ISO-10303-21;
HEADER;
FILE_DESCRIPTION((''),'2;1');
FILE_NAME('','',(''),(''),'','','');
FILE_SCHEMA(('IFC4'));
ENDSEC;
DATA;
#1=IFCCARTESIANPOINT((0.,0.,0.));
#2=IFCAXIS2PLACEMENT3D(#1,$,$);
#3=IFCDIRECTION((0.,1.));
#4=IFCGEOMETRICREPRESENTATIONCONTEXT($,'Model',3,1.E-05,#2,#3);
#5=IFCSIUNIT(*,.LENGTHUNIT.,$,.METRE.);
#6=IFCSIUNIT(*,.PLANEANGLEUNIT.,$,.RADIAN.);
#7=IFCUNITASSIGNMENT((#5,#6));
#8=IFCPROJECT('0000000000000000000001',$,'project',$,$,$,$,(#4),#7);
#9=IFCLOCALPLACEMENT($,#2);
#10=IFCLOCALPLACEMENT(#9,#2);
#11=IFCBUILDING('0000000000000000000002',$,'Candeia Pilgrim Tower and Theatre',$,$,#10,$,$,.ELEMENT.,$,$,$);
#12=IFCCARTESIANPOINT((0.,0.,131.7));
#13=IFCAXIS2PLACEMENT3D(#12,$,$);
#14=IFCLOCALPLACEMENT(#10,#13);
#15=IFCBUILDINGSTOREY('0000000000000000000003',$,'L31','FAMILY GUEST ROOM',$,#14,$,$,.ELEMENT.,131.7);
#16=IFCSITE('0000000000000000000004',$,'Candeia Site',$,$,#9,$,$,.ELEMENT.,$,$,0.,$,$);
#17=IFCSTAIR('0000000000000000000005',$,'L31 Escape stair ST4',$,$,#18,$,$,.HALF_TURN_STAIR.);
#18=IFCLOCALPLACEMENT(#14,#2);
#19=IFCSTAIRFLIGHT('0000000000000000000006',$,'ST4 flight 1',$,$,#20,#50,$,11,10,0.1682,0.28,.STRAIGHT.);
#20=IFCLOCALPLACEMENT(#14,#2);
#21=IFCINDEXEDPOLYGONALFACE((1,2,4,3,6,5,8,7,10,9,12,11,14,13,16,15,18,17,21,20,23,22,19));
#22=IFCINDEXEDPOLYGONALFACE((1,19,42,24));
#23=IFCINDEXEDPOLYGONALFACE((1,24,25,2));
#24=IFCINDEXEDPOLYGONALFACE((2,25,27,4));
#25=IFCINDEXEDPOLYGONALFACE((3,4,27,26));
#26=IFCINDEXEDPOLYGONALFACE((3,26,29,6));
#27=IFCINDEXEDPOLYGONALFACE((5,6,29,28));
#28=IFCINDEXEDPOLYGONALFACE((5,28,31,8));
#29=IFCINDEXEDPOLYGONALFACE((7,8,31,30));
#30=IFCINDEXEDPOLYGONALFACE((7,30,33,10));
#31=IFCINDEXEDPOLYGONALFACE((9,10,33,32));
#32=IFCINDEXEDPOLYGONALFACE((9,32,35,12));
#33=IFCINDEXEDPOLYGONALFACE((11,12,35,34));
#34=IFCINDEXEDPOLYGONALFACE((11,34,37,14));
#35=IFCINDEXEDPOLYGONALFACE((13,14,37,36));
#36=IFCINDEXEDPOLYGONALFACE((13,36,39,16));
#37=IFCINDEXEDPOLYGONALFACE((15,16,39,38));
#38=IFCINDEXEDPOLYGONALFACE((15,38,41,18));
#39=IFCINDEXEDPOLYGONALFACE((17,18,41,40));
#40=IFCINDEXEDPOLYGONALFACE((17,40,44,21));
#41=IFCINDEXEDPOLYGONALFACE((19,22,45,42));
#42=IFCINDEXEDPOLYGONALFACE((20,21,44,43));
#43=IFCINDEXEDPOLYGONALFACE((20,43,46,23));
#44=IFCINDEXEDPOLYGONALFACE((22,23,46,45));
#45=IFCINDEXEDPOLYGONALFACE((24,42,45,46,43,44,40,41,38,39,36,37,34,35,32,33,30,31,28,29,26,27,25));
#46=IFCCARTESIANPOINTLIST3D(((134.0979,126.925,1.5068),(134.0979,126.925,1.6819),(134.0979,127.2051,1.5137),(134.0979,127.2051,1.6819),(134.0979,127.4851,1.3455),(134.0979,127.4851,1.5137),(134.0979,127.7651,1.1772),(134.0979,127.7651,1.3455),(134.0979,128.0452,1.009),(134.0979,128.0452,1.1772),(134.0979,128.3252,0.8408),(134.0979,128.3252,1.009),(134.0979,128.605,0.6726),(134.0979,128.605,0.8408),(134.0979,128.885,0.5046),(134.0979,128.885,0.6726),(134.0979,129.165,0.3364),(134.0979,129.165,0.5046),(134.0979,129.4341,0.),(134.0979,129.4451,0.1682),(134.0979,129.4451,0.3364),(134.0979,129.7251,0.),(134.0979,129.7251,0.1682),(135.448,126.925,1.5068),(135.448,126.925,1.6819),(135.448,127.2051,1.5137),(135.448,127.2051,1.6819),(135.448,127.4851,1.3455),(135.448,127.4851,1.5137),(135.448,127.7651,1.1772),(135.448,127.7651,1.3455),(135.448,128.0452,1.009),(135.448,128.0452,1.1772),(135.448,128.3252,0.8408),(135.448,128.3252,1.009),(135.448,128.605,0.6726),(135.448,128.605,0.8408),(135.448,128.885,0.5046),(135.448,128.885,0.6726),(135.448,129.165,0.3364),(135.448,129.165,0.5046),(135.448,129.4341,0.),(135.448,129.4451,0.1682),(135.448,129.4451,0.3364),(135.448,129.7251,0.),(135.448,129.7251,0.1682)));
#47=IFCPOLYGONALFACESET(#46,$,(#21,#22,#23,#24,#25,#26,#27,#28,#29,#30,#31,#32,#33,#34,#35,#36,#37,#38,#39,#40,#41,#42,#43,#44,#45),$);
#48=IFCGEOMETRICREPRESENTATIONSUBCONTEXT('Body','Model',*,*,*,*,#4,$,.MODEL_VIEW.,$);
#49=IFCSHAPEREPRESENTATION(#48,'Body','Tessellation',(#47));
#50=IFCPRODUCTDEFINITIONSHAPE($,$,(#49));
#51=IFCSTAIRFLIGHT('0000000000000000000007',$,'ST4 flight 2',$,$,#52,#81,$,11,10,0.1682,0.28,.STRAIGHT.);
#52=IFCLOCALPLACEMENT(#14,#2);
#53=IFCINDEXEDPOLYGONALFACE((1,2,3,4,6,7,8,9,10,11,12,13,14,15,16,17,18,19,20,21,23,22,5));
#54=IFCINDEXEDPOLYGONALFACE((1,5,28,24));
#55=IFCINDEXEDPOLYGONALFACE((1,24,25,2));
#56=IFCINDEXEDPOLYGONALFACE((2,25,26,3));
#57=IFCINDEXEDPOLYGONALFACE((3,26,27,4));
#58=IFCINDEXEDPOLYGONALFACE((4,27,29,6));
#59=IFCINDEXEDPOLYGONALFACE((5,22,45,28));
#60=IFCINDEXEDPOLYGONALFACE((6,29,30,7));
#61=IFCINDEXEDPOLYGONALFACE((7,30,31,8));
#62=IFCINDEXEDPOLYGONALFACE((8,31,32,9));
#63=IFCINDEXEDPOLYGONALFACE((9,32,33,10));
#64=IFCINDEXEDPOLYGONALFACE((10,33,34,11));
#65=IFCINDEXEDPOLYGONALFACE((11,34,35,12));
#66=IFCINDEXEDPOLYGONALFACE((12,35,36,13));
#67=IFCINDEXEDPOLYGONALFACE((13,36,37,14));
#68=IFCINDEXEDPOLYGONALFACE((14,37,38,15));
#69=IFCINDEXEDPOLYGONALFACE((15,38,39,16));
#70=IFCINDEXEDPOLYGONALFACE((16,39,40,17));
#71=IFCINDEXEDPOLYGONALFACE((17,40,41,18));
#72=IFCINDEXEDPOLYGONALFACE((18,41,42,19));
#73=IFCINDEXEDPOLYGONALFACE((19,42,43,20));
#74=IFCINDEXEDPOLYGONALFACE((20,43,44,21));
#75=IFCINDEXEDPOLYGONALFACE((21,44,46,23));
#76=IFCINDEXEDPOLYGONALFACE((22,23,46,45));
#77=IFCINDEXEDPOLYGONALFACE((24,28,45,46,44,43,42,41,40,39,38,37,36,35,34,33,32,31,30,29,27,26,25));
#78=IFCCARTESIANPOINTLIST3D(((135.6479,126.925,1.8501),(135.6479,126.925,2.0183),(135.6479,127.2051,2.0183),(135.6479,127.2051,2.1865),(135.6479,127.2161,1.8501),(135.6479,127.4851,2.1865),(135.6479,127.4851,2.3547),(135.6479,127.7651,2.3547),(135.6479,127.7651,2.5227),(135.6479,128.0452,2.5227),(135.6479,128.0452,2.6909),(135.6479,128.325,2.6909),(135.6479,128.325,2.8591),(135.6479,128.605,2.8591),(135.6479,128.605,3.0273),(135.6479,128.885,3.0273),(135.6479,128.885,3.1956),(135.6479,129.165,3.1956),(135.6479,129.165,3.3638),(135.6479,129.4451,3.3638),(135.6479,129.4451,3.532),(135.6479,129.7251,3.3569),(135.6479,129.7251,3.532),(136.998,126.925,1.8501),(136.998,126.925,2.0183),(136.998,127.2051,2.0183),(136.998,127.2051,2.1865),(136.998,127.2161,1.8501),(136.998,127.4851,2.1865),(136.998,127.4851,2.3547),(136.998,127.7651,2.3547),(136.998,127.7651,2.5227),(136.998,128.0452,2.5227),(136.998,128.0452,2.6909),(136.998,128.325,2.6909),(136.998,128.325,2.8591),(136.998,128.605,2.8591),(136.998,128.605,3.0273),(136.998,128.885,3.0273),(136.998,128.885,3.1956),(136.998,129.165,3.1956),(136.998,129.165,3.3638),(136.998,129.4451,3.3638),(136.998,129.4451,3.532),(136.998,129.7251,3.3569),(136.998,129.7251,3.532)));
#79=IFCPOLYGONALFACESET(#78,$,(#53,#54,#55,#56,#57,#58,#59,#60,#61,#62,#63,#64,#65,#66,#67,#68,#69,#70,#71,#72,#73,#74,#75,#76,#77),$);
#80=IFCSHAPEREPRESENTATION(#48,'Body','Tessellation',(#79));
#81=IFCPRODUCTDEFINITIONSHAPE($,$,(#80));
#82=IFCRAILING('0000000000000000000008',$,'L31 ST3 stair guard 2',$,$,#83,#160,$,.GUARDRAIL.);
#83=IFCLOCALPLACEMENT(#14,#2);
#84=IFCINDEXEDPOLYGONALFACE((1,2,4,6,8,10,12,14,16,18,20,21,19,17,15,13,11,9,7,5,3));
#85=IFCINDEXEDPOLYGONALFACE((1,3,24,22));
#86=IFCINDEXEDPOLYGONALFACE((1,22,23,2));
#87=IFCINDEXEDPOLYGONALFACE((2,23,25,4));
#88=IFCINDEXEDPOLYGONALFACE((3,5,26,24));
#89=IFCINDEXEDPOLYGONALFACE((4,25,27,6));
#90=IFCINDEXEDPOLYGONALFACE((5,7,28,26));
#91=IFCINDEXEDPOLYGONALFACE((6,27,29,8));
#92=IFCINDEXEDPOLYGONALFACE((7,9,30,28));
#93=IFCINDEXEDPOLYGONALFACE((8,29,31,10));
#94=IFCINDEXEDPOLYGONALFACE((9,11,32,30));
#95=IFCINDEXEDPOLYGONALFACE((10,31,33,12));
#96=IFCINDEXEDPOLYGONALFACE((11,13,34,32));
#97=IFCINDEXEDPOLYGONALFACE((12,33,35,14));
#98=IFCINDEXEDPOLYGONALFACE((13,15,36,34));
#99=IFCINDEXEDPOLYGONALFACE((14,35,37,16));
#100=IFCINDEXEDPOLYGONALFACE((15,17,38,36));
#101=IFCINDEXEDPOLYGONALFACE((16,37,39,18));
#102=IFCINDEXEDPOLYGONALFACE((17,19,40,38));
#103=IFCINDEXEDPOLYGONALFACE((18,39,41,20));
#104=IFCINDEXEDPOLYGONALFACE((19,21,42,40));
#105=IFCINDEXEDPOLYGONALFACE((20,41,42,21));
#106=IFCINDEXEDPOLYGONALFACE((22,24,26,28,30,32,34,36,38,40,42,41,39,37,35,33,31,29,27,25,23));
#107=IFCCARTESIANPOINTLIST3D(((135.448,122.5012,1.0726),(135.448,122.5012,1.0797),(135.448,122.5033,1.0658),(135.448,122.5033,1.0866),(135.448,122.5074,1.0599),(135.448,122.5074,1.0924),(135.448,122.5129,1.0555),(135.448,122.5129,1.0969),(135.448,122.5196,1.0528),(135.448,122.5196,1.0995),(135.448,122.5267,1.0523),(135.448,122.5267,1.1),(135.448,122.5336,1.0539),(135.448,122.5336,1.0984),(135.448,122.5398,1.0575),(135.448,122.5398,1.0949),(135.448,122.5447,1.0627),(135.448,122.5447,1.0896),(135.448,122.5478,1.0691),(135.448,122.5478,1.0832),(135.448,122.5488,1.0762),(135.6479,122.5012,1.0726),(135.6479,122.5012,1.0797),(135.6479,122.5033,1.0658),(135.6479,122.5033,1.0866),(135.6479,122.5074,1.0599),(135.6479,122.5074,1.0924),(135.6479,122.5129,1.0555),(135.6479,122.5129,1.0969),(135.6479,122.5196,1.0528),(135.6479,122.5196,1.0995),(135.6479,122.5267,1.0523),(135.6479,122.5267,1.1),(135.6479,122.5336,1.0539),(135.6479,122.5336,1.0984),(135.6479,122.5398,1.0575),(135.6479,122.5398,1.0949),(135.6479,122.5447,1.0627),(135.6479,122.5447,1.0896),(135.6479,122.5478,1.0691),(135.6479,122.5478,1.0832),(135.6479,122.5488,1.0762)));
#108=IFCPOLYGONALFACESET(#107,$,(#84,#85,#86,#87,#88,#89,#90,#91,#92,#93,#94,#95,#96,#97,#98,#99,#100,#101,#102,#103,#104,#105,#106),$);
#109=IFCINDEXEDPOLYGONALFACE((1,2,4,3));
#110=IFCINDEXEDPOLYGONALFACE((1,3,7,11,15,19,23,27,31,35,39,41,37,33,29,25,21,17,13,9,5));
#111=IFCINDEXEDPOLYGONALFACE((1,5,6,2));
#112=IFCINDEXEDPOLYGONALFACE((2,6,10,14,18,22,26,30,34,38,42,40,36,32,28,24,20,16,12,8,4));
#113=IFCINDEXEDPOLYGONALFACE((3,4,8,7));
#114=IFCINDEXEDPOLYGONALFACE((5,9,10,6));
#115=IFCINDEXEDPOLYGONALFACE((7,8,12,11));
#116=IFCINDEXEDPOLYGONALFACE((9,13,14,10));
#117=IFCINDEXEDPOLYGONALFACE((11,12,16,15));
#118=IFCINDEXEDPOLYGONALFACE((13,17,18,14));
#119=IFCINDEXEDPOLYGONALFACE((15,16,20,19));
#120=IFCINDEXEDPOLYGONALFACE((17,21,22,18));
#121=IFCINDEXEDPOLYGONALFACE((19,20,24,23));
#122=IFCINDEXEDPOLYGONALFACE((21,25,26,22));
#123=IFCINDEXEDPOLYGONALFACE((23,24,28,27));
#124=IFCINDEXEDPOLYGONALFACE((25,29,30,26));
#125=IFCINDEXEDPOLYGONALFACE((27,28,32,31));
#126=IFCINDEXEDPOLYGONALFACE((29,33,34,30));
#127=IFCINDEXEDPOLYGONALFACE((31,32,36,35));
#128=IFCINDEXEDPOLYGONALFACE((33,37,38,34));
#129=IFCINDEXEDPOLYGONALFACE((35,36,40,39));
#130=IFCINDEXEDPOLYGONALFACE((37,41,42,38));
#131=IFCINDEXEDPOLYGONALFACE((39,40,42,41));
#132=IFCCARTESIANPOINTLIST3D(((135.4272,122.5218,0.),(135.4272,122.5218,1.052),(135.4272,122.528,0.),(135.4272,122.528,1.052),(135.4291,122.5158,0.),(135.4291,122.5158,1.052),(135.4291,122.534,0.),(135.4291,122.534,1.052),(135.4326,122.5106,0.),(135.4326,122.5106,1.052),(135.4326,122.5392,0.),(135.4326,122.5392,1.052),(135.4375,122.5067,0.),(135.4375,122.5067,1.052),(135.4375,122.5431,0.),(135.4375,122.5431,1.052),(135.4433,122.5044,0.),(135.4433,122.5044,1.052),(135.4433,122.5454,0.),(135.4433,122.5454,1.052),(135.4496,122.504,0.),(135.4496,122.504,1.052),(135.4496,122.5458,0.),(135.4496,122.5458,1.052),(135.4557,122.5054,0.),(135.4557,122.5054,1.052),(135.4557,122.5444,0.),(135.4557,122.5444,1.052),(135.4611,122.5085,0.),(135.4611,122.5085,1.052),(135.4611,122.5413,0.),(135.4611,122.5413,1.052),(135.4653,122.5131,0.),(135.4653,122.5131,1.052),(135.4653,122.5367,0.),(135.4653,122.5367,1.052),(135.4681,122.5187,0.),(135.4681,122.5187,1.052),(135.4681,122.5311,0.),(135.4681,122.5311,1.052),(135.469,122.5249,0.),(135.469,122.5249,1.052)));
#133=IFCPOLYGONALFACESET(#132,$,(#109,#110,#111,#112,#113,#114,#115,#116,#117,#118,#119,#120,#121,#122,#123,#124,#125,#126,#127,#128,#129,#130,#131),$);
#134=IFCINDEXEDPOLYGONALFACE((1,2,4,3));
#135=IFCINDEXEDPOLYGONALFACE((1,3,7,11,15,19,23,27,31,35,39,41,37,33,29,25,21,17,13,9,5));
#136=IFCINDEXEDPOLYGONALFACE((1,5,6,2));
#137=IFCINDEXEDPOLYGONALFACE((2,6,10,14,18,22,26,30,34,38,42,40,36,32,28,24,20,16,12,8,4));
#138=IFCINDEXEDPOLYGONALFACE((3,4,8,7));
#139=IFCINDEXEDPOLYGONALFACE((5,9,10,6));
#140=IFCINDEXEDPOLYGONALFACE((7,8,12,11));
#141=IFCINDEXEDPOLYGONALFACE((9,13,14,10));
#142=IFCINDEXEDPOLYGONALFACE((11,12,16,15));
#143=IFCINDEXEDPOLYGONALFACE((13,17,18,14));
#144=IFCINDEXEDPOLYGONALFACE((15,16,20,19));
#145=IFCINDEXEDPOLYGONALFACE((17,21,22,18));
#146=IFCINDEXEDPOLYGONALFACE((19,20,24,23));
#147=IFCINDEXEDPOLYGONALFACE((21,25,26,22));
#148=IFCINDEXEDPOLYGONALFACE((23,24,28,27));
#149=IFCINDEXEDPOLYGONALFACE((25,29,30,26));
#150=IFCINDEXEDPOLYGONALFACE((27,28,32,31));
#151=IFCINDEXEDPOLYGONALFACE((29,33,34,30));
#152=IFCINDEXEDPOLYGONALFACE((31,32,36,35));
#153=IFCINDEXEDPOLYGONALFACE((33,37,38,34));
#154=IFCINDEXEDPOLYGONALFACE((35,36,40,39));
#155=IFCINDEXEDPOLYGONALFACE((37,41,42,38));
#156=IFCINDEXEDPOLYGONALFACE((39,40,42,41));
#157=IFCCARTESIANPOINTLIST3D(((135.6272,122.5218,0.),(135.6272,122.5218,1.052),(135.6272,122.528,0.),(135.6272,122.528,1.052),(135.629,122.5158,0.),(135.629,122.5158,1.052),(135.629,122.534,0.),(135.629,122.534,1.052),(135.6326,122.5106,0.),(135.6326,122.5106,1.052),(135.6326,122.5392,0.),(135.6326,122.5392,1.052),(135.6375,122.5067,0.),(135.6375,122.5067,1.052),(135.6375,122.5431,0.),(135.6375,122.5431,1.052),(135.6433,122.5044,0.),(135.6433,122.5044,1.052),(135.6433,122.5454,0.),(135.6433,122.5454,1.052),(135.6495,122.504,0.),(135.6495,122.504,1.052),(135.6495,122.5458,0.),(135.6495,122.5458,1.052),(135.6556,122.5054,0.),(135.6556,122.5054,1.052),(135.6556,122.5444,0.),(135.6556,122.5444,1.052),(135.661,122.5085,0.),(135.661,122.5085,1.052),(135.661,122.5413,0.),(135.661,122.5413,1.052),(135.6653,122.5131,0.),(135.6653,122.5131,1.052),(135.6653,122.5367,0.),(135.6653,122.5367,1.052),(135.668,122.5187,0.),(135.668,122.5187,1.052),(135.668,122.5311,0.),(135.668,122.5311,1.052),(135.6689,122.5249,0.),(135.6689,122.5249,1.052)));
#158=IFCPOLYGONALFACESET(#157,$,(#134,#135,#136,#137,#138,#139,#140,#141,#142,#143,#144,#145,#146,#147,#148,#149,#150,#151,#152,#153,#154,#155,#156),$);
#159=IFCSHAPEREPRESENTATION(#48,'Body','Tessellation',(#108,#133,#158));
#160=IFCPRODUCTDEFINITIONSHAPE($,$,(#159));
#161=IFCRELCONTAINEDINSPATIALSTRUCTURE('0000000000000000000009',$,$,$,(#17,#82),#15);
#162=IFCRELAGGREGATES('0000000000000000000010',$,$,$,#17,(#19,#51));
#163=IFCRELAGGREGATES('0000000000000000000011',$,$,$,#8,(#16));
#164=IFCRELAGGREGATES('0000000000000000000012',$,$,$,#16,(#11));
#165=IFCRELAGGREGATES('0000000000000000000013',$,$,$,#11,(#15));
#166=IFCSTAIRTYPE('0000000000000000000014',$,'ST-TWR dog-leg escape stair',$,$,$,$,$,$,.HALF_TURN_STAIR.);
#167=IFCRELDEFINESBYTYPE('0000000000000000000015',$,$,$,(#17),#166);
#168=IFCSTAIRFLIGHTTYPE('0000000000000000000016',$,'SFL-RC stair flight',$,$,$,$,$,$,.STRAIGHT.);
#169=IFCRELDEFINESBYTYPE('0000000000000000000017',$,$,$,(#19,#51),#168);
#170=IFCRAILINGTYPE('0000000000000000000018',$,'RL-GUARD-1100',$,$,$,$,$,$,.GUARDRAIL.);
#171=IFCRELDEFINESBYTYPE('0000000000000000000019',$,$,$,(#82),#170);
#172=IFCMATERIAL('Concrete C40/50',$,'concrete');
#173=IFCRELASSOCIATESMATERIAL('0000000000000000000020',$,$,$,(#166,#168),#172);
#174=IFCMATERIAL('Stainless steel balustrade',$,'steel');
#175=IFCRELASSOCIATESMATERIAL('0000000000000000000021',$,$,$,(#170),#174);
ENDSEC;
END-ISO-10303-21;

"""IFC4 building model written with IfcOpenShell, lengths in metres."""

from ifc_helpers import new_model, si_unit, direction, frame, origin, origin_2d, place, context, subcontext, project, spatial, polyline, circle, outline, extrude, material, type_object, element, aggregate, save


model = new_model("IFC4")

# Units and contexts
model_context = context("Model", 3, precision=1e-05, world=origin(), true_north=direction((0.0, 1.0)))
body_context = subcontext(model_context, "Body", "Model", "MODEL_VIEW")
ifc_project = project(units=[si_unit("LENGTHUNIT", "METRE"), si_unit("PLANEANGLEUNIT", "RADIAN")], contexts=[model_context])

# Site, building, storey
site_placement = place(None, origin())
site = spatial("IfcSite", under=ifc_project, at=site_placement, Name="Candeia Site", CompositionType="ELEMENT", RefElevation=0.0)
building_placement = place(site_placement, origin())
building = spatial("IfcBuilding", under=site, at=building_placement, Name="Candeia Pilgrim Tower and Theatre", CompositionType="ELEMENT")
storey_placement = place(building_placement, frame((0.0, 0.0, 131.7)))
storey = spatial("IfcBuildingStorey", under=building, at=storey_placement, Name="L31", Description="FAMILY GUEST ROOM", CompositionType="ELEMENT", Elevation=131.7)

# Shared definitions
ifc_material_1 = material(Name="Concrete C40/50", Category="concrete")

# Stair, stair flights
stair_type = type_object("IfcStairType", Name="ST-TWR dog-leg escape stair", PredefinedType="HALF_TURN_STAIR", material=ifc_material_1)
stair_flight_type = type_object("IfcStairFlightType", Name="SFL-RC stair flight", PredefinedType="STRAIGHT", material=ifc_material_1)
stair_1_placement = place(storey_placement, origin())
stair_1 = element("IfcStair", 1, at=stair_1_placement, inside=storey, type_object=stair_type, Name="L31 Escape stair ST4", PredefinedType="HALF_TURN_STAIR")
stair_flight_1_placement = place(storey_placement, frame((134.7729, 129.7251, 0.0), z_axis=(0.0, 0.0, 1.0), x_axis=(0.0, -1.0, 0.0)))
stair_flight_1 = element("IfcStairFlight", 2, at=stair_flight_1_placement, type_object=stair_flight_type, Name="ST4 flight 1", NumberOfRisers=11, NumberOfTreads=10, PredefinedType="STRAIGHT", RiserHeight=0.1682, TreadLength=0.28, context=body_context, shape_type="SweptSolid", body=[
    extrude(outline(polyline([(0.0, 0.0), (0.0, 0.1682), (0.28, 0.1682), (0.28, 0.3364), (0.5601, 0.3364), (0.5601, 0.5046), (0.8401, 0.5046), (0.8401, 0.6726), (1.1201, 0.6726), (1.1201, 0.8408), (1.3999, 0.8408), (1.3999, 1.009), (1.6799, 1.009), (1.6799, 1.1772), (1.96, 1.1772), (1.96, 1.3455), (2.24, 1.3455), (2.24, 1.5137), (2.52, 1.5137), (2.52, 1.6819), (2.8, 1.6819), (2.8, 1.8501), (2.8, 1.5068), (0.291, 0.0), (0.0, 0.0)])), frame((0.0, 0.675, 0.0), z_axis=(0.0, -1.0, 0.0), x_axis=(1.0, 0.0, 0.0)), (0.0, 0.0, 1.0), 1.3501),
])
stair_flight_2_placement = place(storey_placement, frame((136.323, 126.925, 1.8501), z_axis=(0.0, 0.0, 1.0), x_axis=(0.0, 1.0, 0.0)))
stair_flight_2 = element("IfcStairFlight", 3, at=stair_flight_2_placement, type_object=stair_flight_type, Name="ST4 flight 2", NumberOfRisers=11, NumberOfTreads=10, PredefinedType="STRAIGHT", RiserHeight=0.1682, TreadLength=0.28, context=body_context, shape_type="SweptSolid", body=[
    extrude(outline(polyline([(0.0, 0.0), (0.0, 0.1682), (0.28, 0.1682), (0.28, 0.3364), (0.5601, 0.3364), (0.5601, 0.5046), (0.8401, 0.5046), (0.8401, 0.6726), (1.1201, 0.6726), (1.1201, 0.8408), (1.3999, 0.8408), (1.3999, 1.009), (1.6799, 1.009), (1.6799, 1.1772), (1.96, 1.1772), (1.96, 1.3455), (2.24, 1.3455), (2.24, 1.5137), (2.52, 1.5137), (2.52, 1.6819), (2.8, 1.6819), (2.8, 1.8501), (2.8, 1.5068), (0.291, 0.0), (0.0, 0.0)])), frame((0.0, 0.675, 0.0), z_axis=(0.0, -1.0, 0.0), x_axis=(1.0, 0.0, 0.0)), (0.0, 0.0, 1.0), 1.3501),
])
aggregate(stair_1, [stair_flight_1, stair_flight_2])

# Railing
ifc_material_2 = material(Name="Stainless steel balustrade", Category="steel")
railing_type_1 = type_object("IfcRailingType", Name="RL-GUARD-1100", PredefinedType="GUARDRAIL", material=ifc_material_2)
railing_1_placement = place(storey_placement, frame((135.448, 122.5249, 0.0)))
element("IfcRailing", 4, at=railing_1_placement, inside=storey, type_object=railing_type_1, Name="L31 ST3 stair guard 2", PredefinedType="GUARDRAIL", context=body_context, shape_type="SweptSolid", body=[
    extrude(circle(Radius=0.0239, at=origin_2d()), frame((0.0, 0.0, 1.0762), z_axis=(1.0, 0.0, 0.0), x_axis=(0.0, 1.0, 0.0)), (0.0, 0.0, 1.0), 0.2),
    extrude(circle(Radius=0.021, at=origin_2d()), origin(), (0.0, 0.0, 1.0), 1.052),
    extrude(circle(Radius=0.021, at=origin_2d()), frame((0.2, 0.0, 0.0)), (0.0, 0.0, 1.0), 1.052),
])

save(model, "model.ifc")
